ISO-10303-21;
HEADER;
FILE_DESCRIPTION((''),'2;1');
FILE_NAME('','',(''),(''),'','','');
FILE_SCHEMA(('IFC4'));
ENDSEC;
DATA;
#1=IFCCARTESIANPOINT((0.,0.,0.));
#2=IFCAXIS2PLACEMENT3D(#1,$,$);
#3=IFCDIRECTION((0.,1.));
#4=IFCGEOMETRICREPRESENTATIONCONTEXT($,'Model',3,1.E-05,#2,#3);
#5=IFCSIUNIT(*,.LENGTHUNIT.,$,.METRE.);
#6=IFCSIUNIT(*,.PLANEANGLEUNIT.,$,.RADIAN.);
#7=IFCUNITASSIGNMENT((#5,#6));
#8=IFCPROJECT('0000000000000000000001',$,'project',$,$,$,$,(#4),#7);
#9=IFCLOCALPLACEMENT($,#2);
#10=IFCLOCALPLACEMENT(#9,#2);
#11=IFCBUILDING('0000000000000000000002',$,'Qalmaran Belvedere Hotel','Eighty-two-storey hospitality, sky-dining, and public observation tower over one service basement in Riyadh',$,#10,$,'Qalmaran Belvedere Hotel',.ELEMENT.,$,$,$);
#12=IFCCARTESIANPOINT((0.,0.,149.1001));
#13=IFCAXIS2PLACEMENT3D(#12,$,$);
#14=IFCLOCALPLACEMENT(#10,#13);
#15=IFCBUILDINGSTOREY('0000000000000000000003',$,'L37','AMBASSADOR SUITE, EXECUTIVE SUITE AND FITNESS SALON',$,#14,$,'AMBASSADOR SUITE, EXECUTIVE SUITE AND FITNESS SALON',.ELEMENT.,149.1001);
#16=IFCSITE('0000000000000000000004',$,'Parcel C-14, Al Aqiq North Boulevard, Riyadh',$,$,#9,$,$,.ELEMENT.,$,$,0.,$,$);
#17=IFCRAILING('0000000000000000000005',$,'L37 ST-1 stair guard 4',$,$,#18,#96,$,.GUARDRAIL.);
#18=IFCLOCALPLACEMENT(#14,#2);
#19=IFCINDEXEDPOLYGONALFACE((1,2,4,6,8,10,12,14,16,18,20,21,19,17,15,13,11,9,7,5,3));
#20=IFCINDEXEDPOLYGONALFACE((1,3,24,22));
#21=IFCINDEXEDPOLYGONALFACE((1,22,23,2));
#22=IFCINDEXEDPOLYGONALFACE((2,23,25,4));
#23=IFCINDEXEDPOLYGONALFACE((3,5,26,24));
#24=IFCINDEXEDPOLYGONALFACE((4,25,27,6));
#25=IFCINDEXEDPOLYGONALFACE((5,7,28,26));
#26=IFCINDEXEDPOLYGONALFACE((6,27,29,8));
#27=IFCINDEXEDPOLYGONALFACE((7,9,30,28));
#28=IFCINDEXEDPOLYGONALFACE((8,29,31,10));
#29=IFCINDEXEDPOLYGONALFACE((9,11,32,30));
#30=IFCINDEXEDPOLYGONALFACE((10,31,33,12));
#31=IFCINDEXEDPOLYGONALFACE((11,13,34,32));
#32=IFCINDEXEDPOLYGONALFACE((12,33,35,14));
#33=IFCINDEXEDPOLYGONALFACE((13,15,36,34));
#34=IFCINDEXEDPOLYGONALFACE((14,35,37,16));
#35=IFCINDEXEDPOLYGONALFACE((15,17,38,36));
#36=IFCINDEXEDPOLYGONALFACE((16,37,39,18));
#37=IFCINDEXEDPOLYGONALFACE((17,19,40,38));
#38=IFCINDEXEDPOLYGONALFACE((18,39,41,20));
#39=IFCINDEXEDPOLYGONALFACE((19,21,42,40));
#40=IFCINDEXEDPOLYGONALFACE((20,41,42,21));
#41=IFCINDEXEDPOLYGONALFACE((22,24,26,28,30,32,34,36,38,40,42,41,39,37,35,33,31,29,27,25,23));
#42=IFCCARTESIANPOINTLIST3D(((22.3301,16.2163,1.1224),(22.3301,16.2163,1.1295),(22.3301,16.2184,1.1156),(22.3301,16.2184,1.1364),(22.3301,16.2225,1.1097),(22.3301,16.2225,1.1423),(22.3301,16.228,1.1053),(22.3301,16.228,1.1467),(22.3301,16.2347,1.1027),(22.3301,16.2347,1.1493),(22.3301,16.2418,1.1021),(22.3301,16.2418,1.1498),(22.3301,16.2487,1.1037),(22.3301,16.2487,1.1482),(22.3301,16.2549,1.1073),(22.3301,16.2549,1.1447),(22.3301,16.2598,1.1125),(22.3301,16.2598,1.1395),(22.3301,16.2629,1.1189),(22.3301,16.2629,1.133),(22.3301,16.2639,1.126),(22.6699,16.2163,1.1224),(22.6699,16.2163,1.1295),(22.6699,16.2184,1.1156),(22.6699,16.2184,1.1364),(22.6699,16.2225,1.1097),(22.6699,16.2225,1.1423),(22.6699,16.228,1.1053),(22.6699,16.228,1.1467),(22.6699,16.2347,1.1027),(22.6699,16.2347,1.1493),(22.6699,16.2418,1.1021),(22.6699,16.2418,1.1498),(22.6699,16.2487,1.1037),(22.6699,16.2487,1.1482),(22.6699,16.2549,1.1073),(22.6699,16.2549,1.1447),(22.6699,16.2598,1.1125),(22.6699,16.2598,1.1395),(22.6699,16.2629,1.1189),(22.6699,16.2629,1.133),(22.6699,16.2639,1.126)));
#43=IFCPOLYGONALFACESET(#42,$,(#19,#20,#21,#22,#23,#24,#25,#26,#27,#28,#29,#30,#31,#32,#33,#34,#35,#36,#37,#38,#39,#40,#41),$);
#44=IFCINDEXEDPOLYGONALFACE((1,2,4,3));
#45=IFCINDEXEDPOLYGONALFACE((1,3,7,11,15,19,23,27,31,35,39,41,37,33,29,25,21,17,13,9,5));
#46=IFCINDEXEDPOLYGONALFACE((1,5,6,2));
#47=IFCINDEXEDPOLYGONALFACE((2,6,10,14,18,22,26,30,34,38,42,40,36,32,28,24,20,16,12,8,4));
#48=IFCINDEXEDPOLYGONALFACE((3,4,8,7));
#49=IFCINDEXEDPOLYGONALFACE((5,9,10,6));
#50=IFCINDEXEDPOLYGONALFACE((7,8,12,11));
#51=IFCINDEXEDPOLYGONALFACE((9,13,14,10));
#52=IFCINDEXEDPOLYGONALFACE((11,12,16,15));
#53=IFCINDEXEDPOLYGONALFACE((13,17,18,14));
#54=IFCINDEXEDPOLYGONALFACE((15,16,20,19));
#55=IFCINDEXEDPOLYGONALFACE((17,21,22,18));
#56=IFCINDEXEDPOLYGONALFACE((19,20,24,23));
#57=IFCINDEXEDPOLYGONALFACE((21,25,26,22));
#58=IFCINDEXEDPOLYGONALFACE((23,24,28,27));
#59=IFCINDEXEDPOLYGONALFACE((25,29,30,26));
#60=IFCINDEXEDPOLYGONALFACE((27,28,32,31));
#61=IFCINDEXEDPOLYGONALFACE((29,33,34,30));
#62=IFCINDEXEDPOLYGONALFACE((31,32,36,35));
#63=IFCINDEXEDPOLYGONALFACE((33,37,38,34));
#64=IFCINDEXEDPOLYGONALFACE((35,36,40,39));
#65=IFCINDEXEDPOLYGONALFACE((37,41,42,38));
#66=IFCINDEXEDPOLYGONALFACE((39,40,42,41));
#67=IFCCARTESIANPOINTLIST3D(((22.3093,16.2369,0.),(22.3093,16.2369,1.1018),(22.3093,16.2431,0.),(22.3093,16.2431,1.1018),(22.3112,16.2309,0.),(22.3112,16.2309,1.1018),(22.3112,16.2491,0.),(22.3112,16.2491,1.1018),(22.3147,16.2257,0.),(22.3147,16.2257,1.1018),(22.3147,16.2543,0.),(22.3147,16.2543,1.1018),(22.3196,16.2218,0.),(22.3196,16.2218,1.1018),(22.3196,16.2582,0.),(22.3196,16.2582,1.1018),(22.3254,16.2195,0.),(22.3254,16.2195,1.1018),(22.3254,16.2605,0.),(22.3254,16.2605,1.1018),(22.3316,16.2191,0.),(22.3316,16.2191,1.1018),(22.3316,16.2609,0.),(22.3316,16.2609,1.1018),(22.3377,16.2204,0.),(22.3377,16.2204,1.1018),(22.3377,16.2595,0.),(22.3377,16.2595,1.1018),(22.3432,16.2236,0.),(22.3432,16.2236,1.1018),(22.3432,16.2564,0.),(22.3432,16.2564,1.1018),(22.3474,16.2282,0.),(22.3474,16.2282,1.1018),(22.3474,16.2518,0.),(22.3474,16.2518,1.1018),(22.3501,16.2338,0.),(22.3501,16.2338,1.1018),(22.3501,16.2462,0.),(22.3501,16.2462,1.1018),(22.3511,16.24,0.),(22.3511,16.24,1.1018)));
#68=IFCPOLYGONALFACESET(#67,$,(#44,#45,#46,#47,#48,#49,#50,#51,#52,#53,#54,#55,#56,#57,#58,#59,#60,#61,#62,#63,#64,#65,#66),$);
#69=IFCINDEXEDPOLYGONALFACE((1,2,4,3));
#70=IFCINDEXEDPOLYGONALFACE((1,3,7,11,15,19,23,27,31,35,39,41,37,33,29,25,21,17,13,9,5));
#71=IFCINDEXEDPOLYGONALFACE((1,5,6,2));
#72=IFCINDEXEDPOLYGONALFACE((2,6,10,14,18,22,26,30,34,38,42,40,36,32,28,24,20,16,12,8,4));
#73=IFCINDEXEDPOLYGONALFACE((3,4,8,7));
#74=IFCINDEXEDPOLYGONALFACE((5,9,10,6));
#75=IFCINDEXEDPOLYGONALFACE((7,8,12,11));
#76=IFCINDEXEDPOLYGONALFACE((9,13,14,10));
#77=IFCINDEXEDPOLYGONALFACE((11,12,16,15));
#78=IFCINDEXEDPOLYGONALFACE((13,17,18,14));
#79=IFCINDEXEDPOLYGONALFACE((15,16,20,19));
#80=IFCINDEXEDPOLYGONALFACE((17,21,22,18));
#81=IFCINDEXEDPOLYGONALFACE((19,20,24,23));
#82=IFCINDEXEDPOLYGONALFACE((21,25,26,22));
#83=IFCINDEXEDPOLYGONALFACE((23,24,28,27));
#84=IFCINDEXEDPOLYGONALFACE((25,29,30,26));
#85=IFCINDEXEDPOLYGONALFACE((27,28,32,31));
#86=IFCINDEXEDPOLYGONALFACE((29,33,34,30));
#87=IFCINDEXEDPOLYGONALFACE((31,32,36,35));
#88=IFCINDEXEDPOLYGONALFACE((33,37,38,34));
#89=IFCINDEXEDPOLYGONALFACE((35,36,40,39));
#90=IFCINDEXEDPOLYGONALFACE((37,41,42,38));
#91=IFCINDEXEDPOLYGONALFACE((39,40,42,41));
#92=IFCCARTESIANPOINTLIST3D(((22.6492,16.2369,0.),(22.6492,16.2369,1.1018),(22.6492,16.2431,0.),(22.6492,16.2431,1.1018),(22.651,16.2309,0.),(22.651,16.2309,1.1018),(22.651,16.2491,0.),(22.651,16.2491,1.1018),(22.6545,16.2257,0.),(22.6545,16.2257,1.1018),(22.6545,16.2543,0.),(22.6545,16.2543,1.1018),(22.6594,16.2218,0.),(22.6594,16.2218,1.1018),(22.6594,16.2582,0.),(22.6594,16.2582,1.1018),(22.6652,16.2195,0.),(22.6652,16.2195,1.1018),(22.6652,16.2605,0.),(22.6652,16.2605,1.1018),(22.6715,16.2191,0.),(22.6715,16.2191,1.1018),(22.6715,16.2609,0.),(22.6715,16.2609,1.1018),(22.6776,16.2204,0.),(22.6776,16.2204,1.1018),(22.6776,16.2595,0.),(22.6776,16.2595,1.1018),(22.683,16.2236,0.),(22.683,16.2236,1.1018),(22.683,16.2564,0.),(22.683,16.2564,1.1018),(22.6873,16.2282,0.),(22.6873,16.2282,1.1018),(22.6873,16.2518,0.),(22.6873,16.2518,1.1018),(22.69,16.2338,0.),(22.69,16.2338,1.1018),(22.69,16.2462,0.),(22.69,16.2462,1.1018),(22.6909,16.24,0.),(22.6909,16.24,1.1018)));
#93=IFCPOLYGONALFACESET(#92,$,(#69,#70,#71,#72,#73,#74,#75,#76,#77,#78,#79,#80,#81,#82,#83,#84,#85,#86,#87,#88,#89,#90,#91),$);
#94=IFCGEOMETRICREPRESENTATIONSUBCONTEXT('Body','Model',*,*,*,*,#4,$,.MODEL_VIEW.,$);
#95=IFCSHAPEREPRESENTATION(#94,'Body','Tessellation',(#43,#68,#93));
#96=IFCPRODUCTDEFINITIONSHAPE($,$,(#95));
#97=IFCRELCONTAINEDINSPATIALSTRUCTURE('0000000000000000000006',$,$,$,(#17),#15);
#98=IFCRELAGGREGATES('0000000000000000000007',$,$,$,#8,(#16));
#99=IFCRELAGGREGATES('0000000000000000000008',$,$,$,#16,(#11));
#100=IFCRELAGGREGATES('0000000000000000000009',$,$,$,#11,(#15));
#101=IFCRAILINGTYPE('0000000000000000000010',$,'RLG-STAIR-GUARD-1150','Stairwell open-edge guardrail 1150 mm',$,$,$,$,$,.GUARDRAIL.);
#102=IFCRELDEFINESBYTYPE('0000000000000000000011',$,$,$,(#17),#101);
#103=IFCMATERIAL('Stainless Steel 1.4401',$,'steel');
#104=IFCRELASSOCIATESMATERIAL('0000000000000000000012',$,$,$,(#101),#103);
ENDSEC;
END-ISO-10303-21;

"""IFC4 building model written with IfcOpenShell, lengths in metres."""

from ifc_helpers import new_model, si_unit, direction, frame, origin, origin_2d, place, context, subcontext, project, spatial, circle, extrude, material, type_object, element, save


model = new_model("IFC4")

# Units and contexts
model_context = context("Model", 3, precision=1e-05, world=origin(), true_north=direction((0.0, 1.0)))
body_context = subcontext(model_context, "Body", "Model", "MODEL_VIEW")
ifc_project = project(units=[si_unit("LENGTHUNIT", "METRE"), si_unit("PLANEANGLEUNIT", "RADIAN")], contexts=[model_context])

# Site, building, storey
site_placement = place(None, origin())
site = spatial("IfcSite", under=ifc_project, at=site_placement, Name="Parcel C-14, Al Aqiq North Boulevard, Riyadh", CompositionType="ELEMENT", RefElevation=0.0)
building_placement = place(site_placement, origin())
building = spatial("IfcBuilding", under=site, at=building_placement, Name="Qalmaran Belvedere Hotel", Description="Eighty-two-storey hospitality, sky-dining, and public observation tower over one service basement in Riyadh", LongName="Qalmaran Belvedere Hotel", CompositionType="ELEMENT")
storey_placement = place(building_placement, frame((0.0, 0.0, 149.1001)))
storey = spatial("IfcBuildingStorey", under=building, at=storey_placement, Name="L37", Description="AMBASSADOR SUITE, EXECUTIVE SUITE AND FITNESS SALON", LongName="AMBASSADOR SUITE, EXECUTIVE SUITE AND FITNESS SALON", CompositionType="ELEMENT", Elevation=149.1001)

# Railing
ifc_material_1 = material(Name="Stainless Steel 1.4401", Category="steel")
railing_type_1 = type_object("IfcRailingType", Name="RLG-STAIR-GUARD-1150", Description="Stairwell open-edge guardrail 1150 mm", PredefinedType="GUARDRAIL", material=ifc_material_1)
railing_1_placement = place(storey_placement, frame((22.3301, 16.24, 0.0)))
element("IfcRailing", 1, at=railing_1_placement, inside=storey, type_object=railing_type_1, Name="L37 ST-1 stair guard 4", PredefinedType="GUARDRAIL", context=body_context, shape_type="SweptSolid", body=[
    extrude(circle(Radius=0.0239, at=origin_2d()), frame((0.0, 0.0, 1.126), z_axis=(1.0, 0.0, 0.0), x_axis=(0.0, 1.0, 0.0)), (0.0, 0.0, 1.0), 0.3398),
    extrude(circle(Radius=0.021, at=origin_2d()), origin(), (0.0, 0.0, 1.0), 1.1018),
    extrude(circle(Radius=0.021, at=origin_2d()), frame((0.3398, 0.0, 0.0)), (0.0, 0.0, 1.0), 1.1018),
])

save(model, "model.ifc")
